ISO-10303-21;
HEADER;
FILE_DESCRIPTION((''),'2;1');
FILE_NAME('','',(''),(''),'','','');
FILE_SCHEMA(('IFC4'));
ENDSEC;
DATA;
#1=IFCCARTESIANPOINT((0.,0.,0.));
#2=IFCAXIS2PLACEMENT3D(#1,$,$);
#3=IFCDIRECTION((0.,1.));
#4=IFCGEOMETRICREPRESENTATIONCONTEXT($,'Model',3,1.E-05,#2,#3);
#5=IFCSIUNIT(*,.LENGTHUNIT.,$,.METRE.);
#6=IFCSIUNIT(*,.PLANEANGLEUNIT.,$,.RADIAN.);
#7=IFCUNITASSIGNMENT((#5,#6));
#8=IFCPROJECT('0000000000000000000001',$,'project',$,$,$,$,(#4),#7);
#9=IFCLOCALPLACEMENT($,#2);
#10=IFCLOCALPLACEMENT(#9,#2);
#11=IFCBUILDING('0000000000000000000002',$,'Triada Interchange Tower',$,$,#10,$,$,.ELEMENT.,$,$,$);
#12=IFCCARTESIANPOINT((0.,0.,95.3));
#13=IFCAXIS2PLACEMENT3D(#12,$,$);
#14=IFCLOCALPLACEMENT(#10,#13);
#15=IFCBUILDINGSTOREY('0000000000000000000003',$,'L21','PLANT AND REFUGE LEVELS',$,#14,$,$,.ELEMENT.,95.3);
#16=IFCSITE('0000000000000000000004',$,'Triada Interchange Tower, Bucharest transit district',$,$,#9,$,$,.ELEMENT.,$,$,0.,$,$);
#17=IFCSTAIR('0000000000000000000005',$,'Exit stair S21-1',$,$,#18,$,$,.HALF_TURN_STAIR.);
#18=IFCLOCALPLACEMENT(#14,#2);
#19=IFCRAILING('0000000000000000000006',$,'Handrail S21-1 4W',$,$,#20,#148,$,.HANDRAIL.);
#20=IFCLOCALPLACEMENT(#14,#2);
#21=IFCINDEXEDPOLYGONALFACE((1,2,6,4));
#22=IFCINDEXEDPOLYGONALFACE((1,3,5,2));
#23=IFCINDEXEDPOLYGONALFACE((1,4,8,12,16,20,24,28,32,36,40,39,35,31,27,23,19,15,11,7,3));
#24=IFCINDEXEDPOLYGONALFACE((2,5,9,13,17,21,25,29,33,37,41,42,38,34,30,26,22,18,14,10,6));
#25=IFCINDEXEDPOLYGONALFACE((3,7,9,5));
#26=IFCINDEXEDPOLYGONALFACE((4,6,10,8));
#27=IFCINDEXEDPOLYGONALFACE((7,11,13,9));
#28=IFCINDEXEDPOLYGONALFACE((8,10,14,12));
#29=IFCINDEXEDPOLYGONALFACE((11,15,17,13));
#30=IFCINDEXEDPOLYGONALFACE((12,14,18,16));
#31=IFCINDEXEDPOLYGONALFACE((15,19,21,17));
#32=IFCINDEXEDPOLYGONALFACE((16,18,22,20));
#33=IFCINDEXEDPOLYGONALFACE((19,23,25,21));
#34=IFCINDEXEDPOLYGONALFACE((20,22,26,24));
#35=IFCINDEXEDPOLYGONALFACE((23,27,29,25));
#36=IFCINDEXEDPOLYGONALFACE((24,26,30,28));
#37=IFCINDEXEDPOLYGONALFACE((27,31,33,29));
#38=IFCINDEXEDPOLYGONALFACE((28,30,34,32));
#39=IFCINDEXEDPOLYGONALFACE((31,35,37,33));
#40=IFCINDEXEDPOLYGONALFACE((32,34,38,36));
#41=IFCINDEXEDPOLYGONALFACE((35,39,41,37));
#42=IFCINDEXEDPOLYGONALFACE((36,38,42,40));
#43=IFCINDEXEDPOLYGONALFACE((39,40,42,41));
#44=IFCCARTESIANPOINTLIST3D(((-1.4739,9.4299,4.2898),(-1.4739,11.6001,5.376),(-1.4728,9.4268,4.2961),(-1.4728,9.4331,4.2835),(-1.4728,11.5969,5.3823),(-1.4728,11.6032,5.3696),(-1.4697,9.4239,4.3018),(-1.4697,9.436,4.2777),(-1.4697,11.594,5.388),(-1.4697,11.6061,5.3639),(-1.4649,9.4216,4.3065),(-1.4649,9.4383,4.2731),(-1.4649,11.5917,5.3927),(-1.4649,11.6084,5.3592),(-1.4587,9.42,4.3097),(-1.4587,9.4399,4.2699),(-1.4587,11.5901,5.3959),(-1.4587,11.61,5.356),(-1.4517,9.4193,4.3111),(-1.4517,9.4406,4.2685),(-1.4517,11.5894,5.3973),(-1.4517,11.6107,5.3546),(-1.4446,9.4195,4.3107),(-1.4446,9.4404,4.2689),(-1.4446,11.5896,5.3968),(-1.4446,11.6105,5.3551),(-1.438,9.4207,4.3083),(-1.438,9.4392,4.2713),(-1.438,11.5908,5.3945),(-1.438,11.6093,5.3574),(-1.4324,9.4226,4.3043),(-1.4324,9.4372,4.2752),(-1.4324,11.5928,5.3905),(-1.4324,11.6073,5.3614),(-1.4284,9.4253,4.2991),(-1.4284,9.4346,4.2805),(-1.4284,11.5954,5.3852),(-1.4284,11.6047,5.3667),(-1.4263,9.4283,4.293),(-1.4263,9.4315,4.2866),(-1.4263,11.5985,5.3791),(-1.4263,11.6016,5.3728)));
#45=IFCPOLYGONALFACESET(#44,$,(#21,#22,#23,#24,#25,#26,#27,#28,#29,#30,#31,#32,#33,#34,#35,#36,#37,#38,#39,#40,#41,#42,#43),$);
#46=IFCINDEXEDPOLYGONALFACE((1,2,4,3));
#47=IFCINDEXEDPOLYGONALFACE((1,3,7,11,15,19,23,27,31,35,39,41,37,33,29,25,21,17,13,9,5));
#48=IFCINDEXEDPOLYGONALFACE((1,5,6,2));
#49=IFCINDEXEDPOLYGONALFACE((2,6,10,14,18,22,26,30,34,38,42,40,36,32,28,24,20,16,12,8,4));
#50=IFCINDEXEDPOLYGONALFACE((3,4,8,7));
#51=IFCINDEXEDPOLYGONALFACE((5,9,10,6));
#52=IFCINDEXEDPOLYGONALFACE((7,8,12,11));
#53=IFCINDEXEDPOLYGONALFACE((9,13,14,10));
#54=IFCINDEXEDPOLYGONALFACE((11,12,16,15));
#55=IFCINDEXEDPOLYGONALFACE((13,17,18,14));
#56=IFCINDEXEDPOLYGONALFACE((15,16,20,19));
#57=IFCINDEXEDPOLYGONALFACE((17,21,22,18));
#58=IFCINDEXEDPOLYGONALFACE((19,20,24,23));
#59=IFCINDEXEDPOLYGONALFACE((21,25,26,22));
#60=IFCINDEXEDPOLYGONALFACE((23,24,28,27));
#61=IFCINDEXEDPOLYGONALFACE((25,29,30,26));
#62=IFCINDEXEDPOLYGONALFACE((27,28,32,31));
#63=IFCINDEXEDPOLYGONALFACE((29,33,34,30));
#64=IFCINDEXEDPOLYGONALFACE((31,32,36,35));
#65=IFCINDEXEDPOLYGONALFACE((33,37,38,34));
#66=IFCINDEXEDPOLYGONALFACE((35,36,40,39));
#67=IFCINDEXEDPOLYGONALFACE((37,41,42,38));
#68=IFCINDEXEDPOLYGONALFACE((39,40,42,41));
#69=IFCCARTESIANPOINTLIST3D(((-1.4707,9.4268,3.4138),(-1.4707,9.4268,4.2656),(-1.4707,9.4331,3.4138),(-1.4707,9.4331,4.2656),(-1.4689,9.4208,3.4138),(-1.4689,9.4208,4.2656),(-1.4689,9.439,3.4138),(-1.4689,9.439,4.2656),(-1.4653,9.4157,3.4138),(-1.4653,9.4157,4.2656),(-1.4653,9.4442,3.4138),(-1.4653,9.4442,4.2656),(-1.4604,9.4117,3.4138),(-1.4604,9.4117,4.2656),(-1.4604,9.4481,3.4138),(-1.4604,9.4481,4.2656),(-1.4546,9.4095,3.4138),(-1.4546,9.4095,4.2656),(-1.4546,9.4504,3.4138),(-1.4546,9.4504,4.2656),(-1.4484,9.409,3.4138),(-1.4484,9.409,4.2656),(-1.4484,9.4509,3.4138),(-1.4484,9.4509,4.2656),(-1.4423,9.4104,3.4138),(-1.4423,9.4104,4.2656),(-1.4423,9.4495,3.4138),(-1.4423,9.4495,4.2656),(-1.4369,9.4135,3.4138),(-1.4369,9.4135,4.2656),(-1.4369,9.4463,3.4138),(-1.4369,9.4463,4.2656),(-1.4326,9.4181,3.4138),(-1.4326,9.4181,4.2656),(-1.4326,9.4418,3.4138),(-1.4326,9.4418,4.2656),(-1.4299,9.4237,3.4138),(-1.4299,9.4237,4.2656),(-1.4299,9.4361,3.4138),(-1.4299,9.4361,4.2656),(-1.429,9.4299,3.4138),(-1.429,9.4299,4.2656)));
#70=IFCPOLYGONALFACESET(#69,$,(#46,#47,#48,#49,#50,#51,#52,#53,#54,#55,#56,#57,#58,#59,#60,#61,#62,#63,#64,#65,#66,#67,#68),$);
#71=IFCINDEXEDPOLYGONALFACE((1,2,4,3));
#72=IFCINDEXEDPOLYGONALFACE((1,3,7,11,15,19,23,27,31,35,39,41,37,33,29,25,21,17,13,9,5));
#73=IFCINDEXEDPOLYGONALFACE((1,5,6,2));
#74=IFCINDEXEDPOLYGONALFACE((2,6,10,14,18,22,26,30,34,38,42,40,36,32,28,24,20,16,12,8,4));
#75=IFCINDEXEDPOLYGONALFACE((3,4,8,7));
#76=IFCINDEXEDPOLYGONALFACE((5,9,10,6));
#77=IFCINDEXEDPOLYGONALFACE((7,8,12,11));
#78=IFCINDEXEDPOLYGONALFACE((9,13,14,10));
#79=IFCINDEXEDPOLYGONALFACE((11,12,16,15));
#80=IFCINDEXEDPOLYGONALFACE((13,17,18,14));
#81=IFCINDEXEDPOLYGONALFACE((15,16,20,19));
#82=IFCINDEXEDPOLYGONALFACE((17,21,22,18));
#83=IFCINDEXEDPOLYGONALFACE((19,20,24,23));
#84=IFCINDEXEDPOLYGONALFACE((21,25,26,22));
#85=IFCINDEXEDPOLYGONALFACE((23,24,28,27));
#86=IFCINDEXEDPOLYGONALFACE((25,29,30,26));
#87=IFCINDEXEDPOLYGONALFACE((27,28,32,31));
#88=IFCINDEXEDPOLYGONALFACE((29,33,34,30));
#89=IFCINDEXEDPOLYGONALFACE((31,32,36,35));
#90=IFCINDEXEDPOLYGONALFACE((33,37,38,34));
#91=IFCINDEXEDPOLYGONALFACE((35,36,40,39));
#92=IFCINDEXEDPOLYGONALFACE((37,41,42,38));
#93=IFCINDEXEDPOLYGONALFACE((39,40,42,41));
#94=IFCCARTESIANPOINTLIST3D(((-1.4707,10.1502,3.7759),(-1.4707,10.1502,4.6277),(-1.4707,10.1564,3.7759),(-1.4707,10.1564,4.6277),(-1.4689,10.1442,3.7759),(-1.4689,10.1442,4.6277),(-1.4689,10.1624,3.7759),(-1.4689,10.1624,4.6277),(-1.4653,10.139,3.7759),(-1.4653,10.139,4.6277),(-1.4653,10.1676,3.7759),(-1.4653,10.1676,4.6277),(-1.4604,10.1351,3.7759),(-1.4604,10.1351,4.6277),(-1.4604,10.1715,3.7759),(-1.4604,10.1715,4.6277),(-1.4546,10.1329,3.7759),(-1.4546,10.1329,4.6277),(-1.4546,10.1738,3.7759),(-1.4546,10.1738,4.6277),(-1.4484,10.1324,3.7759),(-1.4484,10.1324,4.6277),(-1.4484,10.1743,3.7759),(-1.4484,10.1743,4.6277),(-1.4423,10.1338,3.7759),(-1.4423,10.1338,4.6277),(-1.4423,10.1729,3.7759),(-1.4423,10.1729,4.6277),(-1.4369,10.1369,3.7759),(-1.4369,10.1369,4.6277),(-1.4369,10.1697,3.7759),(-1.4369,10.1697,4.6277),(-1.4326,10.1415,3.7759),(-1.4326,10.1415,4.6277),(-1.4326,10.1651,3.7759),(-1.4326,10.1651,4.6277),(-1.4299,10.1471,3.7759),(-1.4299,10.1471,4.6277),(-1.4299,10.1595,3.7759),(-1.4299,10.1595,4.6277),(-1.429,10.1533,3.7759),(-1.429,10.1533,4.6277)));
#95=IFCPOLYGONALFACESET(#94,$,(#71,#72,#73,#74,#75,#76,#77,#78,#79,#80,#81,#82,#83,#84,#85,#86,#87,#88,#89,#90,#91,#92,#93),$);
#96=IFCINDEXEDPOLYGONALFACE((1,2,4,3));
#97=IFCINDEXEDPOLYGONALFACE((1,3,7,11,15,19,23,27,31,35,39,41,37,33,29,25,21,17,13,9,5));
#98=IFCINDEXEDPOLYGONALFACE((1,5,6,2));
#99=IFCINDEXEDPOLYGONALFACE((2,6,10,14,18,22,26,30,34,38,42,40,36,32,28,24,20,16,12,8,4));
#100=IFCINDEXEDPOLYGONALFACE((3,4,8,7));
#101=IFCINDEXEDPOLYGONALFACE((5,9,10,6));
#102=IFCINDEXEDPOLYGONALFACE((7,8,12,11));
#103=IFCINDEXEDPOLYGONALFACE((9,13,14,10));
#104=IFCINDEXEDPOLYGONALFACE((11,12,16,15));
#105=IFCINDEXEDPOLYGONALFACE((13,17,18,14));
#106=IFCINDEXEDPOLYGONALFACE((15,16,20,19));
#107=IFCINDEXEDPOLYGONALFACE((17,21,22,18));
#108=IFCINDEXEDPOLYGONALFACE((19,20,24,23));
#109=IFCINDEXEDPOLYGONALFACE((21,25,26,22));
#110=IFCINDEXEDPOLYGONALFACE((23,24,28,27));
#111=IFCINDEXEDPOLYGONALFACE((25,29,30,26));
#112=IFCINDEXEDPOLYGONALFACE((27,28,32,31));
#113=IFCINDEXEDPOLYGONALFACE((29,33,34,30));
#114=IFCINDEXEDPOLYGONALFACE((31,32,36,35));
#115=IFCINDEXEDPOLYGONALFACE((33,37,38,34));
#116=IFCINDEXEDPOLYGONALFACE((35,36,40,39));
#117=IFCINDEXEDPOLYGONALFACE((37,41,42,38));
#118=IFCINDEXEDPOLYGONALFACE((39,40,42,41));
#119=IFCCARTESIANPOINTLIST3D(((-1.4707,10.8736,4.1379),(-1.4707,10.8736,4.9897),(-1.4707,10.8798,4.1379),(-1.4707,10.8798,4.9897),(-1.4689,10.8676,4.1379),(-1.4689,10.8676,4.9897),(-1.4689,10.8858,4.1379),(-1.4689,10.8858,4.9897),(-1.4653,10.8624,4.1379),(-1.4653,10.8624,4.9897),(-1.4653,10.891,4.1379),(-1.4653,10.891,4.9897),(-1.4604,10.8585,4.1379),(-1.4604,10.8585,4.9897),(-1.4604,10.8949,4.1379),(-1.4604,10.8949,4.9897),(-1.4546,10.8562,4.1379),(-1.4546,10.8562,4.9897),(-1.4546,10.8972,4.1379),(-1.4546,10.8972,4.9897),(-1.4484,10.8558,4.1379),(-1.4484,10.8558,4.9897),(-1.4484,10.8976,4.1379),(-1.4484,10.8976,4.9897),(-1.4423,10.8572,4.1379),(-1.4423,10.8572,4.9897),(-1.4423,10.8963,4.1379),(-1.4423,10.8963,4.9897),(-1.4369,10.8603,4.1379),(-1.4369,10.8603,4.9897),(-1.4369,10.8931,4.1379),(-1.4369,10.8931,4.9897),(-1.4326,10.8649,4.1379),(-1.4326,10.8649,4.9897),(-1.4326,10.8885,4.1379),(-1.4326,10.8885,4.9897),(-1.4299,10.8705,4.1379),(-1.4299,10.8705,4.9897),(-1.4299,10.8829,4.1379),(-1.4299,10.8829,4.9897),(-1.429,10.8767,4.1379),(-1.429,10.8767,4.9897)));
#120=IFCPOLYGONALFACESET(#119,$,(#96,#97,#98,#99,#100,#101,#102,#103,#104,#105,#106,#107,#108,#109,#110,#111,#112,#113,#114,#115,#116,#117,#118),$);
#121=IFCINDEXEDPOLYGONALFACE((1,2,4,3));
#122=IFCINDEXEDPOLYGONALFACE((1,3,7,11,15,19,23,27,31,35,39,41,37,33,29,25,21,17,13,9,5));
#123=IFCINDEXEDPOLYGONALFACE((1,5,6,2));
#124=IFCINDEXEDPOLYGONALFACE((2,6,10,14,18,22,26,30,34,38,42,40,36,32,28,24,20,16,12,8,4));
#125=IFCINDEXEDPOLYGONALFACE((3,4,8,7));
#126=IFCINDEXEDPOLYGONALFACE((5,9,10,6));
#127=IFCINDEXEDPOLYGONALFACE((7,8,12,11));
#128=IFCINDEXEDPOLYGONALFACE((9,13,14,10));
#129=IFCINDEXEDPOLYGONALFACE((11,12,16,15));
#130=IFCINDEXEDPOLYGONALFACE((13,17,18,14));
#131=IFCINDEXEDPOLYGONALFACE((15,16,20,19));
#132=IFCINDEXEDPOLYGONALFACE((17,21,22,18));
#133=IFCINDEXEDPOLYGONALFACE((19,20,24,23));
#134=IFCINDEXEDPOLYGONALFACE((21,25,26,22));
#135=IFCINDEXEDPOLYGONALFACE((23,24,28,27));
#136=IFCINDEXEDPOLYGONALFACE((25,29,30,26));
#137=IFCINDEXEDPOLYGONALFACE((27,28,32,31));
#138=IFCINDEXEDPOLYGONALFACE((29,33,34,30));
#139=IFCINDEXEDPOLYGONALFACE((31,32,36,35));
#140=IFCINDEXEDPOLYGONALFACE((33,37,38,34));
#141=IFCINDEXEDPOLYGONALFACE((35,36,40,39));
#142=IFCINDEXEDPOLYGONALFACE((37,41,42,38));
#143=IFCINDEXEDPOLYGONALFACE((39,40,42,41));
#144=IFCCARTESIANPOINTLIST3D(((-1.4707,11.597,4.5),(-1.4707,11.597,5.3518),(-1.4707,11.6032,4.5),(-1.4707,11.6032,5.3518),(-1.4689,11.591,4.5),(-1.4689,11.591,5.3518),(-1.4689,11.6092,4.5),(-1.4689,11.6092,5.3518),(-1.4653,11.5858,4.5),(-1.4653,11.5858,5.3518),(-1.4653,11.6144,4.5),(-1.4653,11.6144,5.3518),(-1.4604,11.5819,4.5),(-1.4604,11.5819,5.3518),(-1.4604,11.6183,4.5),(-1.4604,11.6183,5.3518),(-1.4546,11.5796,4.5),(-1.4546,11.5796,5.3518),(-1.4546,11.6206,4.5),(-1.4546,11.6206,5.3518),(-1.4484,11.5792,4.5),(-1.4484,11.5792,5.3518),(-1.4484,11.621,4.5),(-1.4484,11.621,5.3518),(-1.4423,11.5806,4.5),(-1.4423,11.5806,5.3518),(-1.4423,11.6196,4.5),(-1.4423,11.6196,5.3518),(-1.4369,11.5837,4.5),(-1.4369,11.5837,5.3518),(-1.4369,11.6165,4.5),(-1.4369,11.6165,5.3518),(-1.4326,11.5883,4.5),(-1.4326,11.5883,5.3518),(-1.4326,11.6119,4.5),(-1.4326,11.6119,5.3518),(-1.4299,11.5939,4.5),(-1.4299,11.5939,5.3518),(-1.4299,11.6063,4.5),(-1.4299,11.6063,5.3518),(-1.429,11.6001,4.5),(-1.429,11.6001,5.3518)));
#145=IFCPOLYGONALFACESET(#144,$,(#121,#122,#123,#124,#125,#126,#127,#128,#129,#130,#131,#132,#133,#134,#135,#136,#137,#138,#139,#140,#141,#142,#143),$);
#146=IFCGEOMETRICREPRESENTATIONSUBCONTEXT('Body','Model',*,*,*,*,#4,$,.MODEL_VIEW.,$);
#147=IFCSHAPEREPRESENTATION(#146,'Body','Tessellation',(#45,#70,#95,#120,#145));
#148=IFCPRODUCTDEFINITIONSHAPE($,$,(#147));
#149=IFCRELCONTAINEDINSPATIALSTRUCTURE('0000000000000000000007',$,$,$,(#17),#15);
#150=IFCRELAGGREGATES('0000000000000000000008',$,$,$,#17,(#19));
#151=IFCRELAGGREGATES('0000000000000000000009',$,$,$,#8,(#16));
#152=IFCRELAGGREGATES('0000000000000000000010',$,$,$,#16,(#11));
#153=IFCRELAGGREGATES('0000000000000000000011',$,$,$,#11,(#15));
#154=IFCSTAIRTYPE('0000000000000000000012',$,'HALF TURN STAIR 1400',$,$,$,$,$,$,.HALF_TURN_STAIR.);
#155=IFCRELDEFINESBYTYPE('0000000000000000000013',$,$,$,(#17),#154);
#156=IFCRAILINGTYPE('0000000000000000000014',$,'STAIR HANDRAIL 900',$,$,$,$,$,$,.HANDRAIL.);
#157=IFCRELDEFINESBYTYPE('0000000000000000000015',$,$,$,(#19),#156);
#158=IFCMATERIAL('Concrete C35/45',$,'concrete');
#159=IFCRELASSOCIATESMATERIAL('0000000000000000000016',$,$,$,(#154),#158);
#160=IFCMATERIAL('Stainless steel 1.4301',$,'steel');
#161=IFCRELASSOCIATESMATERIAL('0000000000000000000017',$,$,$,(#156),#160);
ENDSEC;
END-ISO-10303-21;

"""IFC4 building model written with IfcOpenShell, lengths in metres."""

from ifc_helpers import new_model, si_unit, direction, frame, origin, origin_2d, place, context, subcontext, project, spatial, circle, extrude, material, type_object, element, aggregate, save


model = new_model("IFC4")

# Units and contexts
model_context = context("Model", 3, precision=1e-05, world=origin(), true_north=direction((0.0, 1.0)))
body_context = subcontext(model_context, "Body", "Model", "MODEL_VIEW")
ifc_project = project(units=[si_unit("LENGTHUNIT", "METRE"), si_unit("PLANEANGLEUNIT", "RADIAN")], contexts=[model_context])

# Site, building, storey
site_placement = place(None, origin())
site = spatial("IfcSite", under=ifc_project, at=site_placement, Name="Triada Interchange Tower, Bucharest transit district", CompositionType="ELEMENT", RefElevation=0.0)
building_placement = place(site_placement, origin())
building = spatial("IfcBuilding", under=site, at=building_placement, Name="Triada Interchange Tower", CompositionType="ELEMENT")
storey_placement = place(building_placement, frame((0.0, 0.0, 95.3)))
storey = spatial("IfcBuildingStorey", under=building, at=storey_placement, Name="L21", Description="PLANT AND REFUGE LEVELS", CompositionType="ELEMENT", Elevation=95.3)

# Stair
ifc_material_1 = material(Name="Concrete C35/45", Category="concrete")
stair_type = type_object("IfcStairType", Name="HALF TURN STAIR 1400", PredefinedType="HALF_TURN_STAIR", material=ifc_material_1)
stair_placement = place(storey_placement, origin())
stair = element("IfcStair", 1, at=stair_placement, inside=storey, type_object=stair_type, Name="Exit stair S21-1", PredefinedType="HALF_TURN_STAIR")

# Railing
ifc_material_2 = material(Name="Stainless steel 1.4301", Category="steel")
railing_type = type_object("IfcRailingType", Name="STAIR HANDRAIL 900", PredefinedType="HANDRAIL", material=ifc_material_2)
railing_1_placement = place(storey_placement, frame((-1.45, 9.4299, 3.4138)))
railing_1 = element("IfcRailing", 2, at=railing_1_placement, type_object=railing_type, Name="Handrail S21-1 4W", PredefinedType="HANDRAIL", context=body_context, shape_type="SweptSolid", body=[
    extrude(circle(Radius=0.0239, at=origin_2d()), frame((0.0, 0.0, 0.876), z_axis=(0.0, 0.894246, 0.447576), x_axis=(-1.0, 0.0, 0.0)), (0.0, 0.0, 1.0), 2.4268),
    extrude(circle(Radius=0.021, at=origin_2d()), origin(), (0.0, 0.0, 1.0), 0.8518),
    extrude(circle(Radius=0.021, at=origin_2d()), frame((0.0, 0.7234, 0.3621)), (0.0, 0.0, 1.0), 0.8518),
    extrude(circle(Radius=0.021, at=origin_2d()), frame((0.0, 1.4468, 0.7241)), (0.0, 0.0, 1.0), 0.8518),
    extrude(circle(Radius=0.021, at=origin_2d()), frame((0.0, 2.1702, 1.0862)), (0.0, 0.0, 1.0), 0.8518),
])
aggregate(stair, [railing_1])

save(model, "model.ifc")
